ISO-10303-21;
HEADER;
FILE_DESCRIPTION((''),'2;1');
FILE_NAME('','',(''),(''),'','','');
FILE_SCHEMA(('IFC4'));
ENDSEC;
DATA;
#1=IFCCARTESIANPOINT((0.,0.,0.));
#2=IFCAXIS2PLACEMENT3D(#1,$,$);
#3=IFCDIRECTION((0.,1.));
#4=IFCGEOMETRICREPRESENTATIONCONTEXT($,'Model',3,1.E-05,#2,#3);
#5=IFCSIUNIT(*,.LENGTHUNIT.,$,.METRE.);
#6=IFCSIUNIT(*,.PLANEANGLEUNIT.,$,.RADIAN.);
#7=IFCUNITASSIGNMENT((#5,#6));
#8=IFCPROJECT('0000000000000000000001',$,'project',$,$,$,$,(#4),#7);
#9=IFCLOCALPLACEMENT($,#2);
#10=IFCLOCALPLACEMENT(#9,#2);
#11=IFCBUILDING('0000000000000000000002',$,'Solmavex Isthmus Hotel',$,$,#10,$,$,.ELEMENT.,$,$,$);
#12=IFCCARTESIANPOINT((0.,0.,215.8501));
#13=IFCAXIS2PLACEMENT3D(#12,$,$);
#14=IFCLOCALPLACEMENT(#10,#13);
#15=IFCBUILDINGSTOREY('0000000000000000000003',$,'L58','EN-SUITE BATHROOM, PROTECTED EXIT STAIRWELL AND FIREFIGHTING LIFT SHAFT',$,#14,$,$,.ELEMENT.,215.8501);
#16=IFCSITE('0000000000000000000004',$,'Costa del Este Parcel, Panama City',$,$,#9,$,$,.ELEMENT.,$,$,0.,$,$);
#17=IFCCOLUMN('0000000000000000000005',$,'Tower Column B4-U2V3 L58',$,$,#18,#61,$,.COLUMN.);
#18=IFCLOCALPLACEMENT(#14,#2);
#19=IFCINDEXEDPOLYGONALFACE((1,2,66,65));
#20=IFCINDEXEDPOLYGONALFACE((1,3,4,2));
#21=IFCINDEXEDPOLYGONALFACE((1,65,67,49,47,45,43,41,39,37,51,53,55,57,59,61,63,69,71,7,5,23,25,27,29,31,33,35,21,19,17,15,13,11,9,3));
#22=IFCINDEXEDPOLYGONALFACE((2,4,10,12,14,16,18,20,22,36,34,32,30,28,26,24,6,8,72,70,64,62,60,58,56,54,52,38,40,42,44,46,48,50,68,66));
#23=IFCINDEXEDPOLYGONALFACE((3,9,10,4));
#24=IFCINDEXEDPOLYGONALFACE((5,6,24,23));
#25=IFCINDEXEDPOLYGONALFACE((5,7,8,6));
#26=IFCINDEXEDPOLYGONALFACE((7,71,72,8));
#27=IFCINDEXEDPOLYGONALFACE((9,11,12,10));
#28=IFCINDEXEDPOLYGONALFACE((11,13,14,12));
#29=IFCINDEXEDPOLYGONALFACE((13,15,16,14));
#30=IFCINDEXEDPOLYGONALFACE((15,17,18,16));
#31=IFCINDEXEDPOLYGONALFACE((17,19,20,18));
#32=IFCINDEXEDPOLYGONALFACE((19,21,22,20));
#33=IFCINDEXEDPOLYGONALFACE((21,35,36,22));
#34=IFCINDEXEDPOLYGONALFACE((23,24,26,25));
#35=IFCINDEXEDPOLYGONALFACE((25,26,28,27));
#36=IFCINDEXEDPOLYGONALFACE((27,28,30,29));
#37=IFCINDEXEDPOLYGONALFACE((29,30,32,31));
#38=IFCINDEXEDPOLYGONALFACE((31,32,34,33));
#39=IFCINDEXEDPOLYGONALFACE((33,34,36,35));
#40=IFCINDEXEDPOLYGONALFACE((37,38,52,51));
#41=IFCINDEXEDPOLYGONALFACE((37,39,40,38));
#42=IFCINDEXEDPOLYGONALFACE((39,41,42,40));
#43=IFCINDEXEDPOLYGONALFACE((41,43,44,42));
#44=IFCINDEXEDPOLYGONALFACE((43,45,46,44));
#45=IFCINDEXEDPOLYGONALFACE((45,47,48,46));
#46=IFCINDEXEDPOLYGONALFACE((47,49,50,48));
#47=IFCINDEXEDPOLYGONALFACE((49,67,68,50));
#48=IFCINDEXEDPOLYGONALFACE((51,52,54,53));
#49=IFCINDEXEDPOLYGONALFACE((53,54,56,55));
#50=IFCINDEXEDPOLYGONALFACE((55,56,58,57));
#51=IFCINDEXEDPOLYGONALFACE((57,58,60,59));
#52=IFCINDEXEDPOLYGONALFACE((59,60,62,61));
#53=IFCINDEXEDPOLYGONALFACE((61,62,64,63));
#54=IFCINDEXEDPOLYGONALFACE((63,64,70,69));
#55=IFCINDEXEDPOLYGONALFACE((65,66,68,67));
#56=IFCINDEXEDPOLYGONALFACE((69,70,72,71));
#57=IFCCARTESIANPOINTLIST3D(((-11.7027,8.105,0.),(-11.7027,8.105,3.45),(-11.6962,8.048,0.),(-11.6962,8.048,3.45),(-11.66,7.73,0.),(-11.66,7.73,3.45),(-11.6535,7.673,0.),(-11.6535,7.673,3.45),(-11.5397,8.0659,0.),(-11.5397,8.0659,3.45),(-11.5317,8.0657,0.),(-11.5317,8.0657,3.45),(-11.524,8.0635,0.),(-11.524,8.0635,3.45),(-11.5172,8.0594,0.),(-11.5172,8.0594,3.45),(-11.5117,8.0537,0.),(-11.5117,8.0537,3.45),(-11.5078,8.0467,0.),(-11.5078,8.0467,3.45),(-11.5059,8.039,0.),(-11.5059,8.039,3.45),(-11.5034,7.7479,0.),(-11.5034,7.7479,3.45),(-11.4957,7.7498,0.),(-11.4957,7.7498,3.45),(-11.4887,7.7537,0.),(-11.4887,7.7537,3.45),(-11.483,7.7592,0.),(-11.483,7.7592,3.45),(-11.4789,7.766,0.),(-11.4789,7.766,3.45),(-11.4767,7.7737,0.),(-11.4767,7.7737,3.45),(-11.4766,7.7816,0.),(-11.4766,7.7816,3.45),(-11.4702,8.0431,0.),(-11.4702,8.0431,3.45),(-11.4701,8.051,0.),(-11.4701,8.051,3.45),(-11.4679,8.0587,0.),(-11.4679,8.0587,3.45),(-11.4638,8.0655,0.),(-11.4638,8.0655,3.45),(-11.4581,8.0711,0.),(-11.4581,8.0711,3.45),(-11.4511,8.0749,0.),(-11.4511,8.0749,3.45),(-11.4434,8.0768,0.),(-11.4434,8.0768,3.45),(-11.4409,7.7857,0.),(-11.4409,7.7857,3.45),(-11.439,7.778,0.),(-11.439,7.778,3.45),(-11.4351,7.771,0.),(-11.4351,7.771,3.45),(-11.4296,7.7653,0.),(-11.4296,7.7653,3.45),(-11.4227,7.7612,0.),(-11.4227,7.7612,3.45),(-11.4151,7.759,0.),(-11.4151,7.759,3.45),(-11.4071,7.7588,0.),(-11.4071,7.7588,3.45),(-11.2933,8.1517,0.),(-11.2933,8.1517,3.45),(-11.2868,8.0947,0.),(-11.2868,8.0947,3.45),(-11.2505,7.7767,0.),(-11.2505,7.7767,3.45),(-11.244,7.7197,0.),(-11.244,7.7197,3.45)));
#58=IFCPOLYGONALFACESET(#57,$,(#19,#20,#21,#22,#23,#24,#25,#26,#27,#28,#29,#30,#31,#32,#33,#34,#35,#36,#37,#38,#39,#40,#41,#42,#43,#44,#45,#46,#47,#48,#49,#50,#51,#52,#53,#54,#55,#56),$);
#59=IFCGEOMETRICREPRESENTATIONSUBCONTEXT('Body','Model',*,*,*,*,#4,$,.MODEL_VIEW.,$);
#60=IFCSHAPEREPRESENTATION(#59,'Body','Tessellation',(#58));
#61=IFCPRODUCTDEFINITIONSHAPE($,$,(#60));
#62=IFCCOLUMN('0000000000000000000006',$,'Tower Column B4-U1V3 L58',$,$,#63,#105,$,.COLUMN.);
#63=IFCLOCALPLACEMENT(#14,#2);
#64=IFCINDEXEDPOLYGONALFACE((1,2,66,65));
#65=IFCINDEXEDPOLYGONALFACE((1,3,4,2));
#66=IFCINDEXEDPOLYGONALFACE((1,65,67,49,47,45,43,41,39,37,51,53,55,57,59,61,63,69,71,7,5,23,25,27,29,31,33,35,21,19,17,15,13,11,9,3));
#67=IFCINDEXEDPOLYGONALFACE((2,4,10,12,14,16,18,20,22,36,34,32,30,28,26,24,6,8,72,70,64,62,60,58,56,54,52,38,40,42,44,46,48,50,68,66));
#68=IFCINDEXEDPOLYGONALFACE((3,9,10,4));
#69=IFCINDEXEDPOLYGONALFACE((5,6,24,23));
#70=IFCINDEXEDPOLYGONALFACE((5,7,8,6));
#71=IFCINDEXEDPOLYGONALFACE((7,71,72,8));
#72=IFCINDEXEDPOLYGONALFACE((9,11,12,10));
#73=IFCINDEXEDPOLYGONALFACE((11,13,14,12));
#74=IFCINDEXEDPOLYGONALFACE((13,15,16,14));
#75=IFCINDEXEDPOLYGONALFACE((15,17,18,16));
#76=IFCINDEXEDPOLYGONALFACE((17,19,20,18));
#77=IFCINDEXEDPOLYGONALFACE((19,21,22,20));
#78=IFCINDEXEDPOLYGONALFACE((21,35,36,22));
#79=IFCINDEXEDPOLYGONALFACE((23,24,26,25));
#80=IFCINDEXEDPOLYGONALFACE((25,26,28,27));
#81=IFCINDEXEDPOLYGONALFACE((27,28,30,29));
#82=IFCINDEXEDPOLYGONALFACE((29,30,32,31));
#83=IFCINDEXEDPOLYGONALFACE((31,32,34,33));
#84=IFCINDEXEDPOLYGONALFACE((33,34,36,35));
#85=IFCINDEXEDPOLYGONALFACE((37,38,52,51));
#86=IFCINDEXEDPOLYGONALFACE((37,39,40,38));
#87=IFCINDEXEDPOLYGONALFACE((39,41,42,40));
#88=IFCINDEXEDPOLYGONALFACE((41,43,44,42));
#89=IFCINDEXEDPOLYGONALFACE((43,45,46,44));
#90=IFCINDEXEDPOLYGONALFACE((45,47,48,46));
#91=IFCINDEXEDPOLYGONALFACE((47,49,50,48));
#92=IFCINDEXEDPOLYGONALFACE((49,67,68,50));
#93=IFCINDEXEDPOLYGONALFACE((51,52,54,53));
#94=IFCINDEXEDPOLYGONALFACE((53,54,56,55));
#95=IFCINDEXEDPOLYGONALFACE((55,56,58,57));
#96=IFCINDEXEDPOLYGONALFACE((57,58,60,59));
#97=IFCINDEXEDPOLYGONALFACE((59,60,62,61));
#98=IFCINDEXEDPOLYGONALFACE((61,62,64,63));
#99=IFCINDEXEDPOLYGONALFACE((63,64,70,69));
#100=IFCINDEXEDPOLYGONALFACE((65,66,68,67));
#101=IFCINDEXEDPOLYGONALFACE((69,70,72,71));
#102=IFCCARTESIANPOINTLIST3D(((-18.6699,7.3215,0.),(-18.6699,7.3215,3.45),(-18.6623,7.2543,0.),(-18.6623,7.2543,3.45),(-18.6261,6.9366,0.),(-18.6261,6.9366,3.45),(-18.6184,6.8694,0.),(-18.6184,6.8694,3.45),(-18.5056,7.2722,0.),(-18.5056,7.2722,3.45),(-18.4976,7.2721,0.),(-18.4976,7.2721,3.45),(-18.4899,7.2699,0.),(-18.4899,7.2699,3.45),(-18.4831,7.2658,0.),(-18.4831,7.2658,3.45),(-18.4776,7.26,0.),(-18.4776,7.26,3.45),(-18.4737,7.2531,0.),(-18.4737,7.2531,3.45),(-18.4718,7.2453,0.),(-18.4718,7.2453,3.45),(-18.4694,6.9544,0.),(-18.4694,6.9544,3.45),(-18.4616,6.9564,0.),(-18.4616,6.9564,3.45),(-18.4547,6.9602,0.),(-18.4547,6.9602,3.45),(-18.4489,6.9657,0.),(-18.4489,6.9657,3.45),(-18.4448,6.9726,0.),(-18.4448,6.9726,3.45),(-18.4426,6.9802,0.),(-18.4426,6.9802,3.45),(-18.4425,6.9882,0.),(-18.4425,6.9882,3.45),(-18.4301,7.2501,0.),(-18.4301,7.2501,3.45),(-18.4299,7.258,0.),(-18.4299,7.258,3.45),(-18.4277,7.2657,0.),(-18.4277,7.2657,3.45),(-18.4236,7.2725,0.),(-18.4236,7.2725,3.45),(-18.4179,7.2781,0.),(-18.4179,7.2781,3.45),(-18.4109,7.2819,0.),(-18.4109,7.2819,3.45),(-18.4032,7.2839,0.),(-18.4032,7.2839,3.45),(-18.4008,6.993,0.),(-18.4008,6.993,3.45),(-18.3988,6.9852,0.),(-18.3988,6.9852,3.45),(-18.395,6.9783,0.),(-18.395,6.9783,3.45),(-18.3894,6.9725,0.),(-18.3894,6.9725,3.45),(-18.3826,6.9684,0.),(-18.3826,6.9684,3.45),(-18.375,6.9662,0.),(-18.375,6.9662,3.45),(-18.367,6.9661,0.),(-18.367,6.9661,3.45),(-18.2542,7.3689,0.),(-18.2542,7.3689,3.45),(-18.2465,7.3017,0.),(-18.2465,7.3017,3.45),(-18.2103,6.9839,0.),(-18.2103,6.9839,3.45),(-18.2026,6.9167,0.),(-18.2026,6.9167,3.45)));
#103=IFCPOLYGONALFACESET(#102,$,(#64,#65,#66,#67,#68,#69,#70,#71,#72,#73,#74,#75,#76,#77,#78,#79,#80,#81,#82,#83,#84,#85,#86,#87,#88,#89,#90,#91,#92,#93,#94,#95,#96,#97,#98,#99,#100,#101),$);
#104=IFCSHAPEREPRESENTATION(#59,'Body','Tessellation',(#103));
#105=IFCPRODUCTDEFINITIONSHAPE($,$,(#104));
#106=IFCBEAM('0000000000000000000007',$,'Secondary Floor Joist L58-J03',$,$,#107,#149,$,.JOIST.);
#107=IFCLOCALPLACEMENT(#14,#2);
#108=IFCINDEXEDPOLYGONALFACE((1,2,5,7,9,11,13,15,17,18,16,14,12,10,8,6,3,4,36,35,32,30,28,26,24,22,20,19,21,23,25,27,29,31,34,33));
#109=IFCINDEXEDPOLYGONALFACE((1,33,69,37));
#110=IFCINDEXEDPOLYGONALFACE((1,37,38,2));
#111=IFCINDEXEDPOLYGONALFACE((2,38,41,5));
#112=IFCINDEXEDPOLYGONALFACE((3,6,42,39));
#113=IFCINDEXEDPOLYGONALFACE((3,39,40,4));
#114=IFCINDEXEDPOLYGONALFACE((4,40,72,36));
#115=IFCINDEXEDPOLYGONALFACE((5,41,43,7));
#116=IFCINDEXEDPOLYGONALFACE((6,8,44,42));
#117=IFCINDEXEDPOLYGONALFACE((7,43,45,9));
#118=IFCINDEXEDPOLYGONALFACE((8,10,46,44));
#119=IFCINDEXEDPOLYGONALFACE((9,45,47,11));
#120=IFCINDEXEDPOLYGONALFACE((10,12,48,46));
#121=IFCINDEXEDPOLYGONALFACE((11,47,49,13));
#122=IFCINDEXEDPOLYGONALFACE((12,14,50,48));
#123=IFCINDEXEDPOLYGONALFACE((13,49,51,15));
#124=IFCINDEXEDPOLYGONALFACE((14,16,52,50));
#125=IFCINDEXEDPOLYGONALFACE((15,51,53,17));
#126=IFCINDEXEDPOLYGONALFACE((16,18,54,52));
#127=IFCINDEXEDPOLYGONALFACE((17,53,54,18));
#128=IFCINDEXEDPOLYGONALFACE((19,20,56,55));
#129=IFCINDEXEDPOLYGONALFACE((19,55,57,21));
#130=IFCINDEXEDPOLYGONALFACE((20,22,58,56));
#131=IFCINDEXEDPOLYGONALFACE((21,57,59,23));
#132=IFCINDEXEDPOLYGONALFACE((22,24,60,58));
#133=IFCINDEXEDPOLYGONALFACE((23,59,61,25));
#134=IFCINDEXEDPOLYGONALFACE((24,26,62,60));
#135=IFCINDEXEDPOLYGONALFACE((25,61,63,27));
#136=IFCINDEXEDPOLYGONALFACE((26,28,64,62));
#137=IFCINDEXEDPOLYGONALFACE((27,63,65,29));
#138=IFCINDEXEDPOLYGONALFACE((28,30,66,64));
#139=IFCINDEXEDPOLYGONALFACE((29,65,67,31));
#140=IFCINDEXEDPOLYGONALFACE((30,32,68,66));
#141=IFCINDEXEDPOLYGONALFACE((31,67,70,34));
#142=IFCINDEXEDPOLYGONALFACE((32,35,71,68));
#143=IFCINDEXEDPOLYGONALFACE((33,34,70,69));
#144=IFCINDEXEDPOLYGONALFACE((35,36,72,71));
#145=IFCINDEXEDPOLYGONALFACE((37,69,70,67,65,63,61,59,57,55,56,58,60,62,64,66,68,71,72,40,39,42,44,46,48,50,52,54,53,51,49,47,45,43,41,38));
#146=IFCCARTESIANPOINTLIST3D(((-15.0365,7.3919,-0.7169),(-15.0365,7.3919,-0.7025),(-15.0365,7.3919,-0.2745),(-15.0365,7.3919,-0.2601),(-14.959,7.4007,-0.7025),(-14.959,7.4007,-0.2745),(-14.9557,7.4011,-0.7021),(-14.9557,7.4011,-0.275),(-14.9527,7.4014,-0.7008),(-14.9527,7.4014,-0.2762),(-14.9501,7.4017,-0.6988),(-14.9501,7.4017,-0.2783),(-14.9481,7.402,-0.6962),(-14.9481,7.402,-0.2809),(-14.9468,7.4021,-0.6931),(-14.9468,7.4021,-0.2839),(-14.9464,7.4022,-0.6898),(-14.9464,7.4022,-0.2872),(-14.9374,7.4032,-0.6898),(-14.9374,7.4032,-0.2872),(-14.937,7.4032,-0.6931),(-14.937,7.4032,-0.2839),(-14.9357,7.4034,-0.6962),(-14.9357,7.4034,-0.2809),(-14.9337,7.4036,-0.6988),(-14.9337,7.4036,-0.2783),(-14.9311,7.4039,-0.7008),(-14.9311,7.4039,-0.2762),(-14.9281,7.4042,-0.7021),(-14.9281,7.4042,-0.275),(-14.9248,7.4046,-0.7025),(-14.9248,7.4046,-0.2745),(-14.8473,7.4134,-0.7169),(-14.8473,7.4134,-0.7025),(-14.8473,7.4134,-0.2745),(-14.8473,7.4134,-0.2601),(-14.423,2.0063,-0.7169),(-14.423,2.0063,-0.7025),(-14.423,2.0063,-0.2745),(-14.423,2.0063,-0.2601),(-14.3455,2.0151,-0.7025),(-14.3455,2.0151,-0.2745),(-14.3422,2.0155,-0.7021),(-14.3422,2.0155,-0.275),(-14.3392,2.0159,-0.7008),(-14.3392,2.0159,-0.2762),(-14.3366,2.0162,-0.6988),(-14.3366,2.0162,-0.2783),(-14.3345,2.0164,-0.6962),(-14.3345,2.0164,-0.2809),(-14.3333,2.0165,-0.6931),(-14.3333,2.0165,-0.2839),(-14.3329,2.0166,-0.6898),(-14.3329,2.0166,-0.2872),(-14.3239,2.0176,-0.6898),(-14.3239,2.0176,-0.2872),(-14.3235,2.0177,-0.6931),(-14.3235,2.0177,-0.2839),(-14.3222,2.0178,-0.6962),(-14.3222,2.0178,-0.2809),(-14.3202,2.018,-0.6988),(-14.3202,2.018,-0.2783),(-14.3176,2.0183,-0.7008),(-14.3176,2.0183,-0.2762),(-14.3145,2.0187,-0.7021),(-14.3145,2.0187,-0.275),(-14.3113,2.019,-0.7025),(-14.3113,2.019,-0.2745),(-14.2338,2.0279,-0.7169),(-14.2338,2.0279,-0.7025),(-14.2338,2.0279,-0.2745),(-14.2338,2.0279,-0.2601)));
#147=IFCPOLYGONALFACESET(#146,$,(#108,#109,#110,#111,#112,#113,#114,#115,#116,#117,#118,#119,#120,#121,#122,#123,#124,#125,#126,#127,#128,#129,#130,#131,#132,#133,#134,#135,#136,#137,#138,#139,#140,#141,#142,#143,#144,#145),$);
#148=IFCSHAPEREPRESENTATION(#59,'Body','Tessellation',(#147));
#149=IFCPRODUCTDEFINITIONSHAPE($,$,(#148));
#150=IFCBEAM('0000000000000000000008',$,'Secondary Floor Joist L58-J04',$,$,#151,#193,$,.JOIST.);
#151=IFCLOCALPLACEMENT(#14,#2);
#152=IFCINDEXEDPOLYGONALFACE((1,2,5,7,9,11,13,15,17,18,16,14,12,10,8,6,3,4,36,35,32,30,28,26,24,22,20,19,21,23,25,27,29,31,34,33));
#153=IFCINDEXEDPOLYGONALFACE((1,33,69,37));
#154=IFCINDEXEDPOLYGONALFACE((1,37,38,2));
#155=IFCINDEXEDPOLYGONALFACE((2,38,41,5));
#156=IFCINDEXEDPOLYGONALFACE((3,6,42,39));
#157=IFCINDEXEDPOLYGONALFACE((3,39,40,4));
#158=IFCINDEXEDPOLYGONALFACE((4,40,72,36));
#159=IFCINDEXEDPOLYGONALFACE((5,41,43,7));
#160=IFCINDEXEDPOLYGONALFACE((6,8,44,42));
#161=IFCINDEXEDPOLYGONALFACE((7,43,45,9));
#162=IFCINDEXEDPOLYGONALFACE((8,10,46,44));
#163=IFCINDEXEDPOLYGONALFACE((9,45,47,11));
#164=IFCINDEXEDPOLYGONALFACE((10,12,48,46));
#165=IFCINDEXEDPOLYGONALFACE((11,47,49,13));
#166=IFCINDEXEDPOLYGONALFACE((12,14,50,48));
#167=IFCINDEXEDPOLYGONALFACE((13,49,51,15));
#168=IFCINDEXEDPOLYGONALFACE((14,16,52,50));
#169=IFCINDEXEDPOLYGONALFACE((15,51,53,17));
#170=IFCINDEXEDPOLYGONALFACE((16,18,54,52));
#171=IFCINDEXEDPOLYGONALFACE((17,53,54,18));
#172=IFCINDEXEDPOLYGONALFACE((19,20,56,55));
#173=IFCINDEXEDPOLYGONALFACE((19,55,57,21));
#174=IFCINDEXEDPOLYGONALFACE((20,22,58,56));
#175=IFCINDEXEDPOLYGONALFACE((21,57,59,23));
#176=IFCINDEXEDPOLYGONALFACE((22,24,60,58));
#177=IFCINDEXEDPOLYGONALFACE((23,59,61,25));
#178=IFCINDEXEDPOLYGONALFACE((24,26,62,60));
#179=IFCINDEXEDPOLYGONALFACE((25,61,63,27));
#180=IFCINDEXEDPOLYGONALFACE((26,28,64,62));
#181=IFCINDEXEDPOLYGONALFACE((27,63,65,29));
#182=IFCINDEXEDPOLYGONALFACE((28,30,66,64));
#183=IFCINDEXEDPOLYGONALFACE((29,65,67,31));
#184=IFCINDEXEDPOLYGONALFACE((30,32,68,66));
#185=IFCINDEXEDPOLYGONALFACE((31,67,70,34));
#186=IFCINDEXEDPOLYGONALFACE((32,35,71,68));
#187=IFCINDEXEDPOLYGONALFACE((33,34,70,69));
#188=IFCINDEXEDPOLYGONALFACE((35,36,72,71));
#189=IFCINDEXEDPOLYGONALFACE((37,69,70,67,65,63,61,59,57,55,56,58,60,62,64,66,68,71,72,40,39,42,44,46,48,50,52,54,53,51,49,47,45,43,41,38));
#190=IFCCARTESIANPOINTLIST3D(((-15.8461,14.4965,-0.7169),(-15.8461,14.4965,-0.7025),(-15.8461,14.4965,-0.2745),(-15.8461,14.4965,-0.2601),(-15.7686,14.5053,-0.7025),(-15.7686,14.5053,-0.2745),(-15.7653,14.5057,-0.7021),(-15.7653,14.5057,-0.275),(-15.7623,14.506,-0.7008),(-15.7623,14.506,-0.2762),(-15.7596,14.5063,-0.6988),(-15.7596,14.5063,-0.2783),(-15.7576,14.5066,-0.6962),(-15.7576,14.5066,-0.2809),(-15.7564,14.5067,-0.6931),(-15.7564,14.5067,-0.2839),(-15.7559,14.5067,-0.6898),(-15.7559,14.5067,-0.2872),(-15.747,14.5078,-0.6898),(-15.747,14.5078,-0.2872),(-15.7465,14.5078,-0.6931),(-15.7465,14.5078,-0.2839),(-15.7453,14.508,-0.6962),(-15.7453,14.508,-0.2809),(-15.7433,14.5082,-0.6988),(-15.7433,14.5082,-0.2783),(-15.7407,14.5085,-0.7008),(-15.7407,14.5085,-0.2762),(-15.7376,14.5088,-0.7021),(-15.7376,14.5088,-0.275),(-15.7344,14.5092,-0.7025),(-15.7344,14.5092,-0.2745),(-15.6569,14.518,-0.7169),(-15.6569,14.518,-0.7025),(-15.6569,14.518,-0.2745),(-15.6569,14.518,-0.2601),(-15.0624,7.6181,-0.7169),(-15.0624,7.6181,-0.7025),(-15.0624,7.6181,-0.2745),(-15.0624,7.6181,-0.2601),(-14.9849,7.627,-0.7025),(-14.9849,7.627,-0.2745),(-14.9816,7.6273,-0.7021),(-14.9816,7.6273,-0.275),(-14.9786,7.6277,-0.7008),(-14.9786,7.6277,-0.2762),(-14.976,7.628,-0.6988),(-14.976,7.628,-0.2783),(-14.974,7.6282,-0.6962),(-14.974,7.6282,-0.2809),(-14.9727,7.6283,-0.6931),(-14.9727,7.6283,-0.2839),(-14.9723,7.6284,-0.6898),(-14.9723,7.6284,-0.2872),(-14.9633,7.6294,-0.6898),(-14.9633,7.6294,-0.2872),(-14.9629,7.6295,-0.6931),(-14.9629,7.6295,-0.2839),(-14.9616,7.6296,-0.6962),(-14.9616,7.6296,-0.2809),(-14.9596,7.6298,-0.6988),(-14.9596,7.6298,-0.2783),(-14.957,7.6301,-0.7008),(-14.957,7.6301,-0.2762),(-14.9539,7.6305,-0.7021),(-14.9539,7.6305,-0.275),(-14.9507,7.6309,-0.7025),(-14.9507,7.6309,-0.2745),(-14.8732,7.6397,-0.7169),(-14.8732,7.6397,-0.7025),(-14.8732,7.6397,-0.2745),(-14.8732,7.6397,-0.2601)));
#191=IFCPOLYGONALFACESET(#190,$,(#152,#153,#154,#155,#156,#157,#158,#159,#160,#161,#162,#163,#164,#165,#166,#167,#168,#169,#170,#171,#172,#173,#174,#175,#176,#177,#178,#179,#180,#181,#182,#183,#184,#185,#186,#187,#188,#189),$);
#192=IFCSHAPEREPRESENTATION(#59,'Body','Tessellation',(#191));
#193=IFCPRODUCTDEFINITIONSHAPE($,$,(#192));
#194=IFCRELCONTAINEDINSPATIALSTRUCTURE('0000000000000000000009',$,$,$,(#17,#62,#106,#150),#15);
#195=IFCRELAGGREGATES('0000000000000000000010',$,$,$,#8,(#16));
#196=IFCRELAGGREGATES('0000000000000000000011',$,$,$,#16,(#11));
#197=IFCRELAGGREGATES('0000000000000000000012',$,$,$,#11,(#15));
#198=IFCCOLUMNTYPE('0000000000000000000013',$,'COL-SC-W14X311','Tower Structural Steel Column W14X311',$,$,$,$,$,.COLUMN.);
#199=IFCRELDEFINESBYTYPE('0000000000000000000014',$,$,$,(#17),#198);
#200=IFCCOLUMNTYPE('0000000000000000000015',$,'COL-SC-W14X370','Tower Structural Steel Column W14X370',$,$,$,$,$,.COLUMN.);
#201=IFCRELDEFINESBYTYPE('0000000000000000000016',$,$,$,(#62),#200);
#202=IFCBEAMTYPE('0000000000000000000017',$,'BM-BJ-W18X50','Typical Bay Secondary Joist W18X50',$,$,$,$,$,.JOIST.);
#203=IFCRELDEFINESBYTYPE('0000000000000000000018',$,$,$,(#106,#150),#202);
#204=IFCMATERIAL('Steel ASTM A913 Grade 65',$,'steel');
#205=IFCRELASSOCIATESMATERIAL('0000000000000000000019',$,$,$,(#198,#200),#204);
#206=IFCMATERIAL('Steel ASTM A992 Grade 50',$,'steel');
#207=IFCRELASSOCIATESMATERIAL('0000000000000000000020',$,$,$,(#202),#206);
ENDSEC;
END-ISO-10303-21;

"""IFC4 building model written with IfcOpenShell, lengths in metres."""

from ifc_helpers import new_model, si_unit, direction, frame, origin, origin_2d, place, context, subcontext, project, spatial, i_section, extrude, material, material_profile, profile_set, type_object, element, save


model = new_model("IFC4")

# Units and contexts
model_context = context("Model", 3, precision=1e-05, world=origin(), true_north=direction((0.0, 1.0)))
body_context = subcontext(model_context, "Body", "Model", "MODEL_VIEW")
ifc_project = project(units=[si_unit("LENGTHUNIT", "METRE"), si_unit("PLANEANGLEUNIT", "RADIAN")], contexts=[model_context])

# Site, building, storey
site_placement = place(None, origin())
site = spatial("IfcSite", under=ifc_project, at=site_placement, Name="Costa del Este Parcel, Panama City", CompositionType="ELEMENT", RefElevation=0.0)
building_placement = place(site_placement, origin())
building = spatial("IfcBuilding", under=site, at=building_placement, Name="Solmavex Isthmus Hotel", CompositionType="ELEMENT")
storey_placement = place(building_placement, frame((0.0, 0.0, 215.8501)))
storey = spatial("IfcBuildingStorey", under=building, at=storey_placement, Name="L58", Description="EN-SUITE BATHROOM, PROTECTED EXIT STAIRWELL AND FIREFIGHTING LIFT SHAFT", CompositionType="ELEMENT", Elevation=215.8501)

# Columns
ifc_material_1 = material(Name="Steel ASTM A913 Grade 65", Category="steel")
ifc_material_profile_1 = material_profile(ifc_material_1, i_section(OverallWidth=0.4121, OverallDepth=0.4348, WebThickness=0.0359, FlangeThickness=0.0574, FilletRadius=0.0305, at=origin_2d()), Name="W14X311")
ifc_profile_set_1 = profile_set([ifc_material_profile_1], Name="Steel ASTM A913 Grade 65")
column_type_1 = type_object("IfcColumnType", Name="COL-SC-W14X311", Description="Tower Structural Steel Column W14X311", PredefinedType="COLUMN", material=ifc_profile_set_1)
column_1_placement = place(storey_placement, frame((-11.4734, 7.9124, 0.0), z_axis=(0.0, 0.0, 1.0), x_axis=(0.993572, 0.113203, 0.0)))
element("IfcColumn", 1, at=column_1_placement, inside=storey, type_object=column_type_1, Name="Tower Column B4-U2V3 L58", PredefinedType="COLUMN", context=body_context, shape_type="SweptSolid", body=[
    extrude(i_section(OverallWidth=0.4121, OverallDepth=0.4348, WebThickness=0.0359, FlangeThickness=0.0574, FilletRadius=0.0305, at=origin_2d()), origin(), (0.0, 0.0, 1.0), 3.45),
])
ifc_material_profile_2 = material_profile(ifc_material_1, i_section(OverallWidth=0.4185, OverallDepth=0.4551, WebThickness=0.042, FlangeThickness=0.0676, FilletRadius=0.0305, at=origin_2d()), Name="W14X370")
ifc_profile_set_2 = profile_set([ifc_material_profile_2], Name="Steel ASTM A913 Grade 65")
column_type_2 = type_object("IfcColumnType", Name="COL-SC-W14X370", Description="Tower Structural Steel Column W14X370", PredefinedType="COLUMN", material=ifc_profile_set_2)
column_2_placement = place(storey_placement, frame((-18.4363, 7.1191, 0.0), z_axis=(0.0, 0.0, 1.0), x_axis=(0.993572, 0.113203, 0.0)))
element("IfcColumn", 2, at=column_2_placement, inside=storey, type_object=column_type_2, Name="Tower Column B4-U1V3 L58", PredefinedType="COLUMN", context=body_context, shape_type="SweptSolid", body=[
    extrude(i_section(OverallWidth=0.4185, OverallDepth=0.4551, WebThickness=0.042, FlangeThickness=0.0676, FilletRadius=0.0305, at=origin_2d()), origin(), (0.0, 0.0, 1.0), 3.45),
])

# Beams
ifc_material_2 = material(Name="Steel ASTM A992 Grade 50", Category="steel")
ifc_material_profile_3 = material_profile(ifc_material_2, i_section(OverallWidth=0.1904, OverallDepth=0.4568, WebThickness=0.009, FlangeThickness=0.0144, FilletRadius=0.0127, at=origin_2d()), Name="W18X50")
ifc_profile_set_3 = profile_set([ifc_material_profile_3], Name="Steel ASTM A992 Grade 50")
beam_type_1 = type_object("IfcBeamType", Name="BM-BJ-W18X50", Description="Typical Bay Secondary Joist W18X50", PredefinedType="JOIST", material=ifc_profile_set_3)
beam_1_placement = place(storey_placement, frame((-14.3284, 2.0171, -0.4885), z_axis=(-0.11319, 0.993573, 0.0), x_axis=(-0.993573, -0.11319, 0.0)))
element("IfcBeam", 3, at=beam_1_placement, inside=storey, type_object=beam_type_1, Name="Secondary Floor Joist L58-J03", PredefinedType="JOIST", context=body_context, shape_type="SweptSolid", body=[
    extrude(i_section(OverallWidth=0.1904, OverallDepth=0.4568, WebThickness=0.009, FlangeThickness=0.0144, FilletRadius=0.0127, at=origin_2d()), origin(), (0.0, 0.0, 1.0), 5.4204),
])
beam_2_placement = place(storey_placement, frame((-14.9678, 7.6289, -0.4885), z_axis=(-0.113202, 0.993572, 0.0), x_axis=(-0.993572, -0.113202, 0.0)))
element("IfcBeam", 4, at=beam_2_placement, inside=storey, type_object=beam_type_1, Name="Secondary Floor Joist L58-J04", PredefinedType="JOIST", context=body_context, shape_type="SweptSolid", body=[
    extrude(i_section(OverallWidth=0.1904, OverallDepth=0.4568, WebThickness=0.009, FlangeThickness=0.0144, FilletRadius=0.0127, at=origin_2d()), origin(), (0.0, 0.0, 1.0), 6.9229),
])

save(model, "model.ifc")
